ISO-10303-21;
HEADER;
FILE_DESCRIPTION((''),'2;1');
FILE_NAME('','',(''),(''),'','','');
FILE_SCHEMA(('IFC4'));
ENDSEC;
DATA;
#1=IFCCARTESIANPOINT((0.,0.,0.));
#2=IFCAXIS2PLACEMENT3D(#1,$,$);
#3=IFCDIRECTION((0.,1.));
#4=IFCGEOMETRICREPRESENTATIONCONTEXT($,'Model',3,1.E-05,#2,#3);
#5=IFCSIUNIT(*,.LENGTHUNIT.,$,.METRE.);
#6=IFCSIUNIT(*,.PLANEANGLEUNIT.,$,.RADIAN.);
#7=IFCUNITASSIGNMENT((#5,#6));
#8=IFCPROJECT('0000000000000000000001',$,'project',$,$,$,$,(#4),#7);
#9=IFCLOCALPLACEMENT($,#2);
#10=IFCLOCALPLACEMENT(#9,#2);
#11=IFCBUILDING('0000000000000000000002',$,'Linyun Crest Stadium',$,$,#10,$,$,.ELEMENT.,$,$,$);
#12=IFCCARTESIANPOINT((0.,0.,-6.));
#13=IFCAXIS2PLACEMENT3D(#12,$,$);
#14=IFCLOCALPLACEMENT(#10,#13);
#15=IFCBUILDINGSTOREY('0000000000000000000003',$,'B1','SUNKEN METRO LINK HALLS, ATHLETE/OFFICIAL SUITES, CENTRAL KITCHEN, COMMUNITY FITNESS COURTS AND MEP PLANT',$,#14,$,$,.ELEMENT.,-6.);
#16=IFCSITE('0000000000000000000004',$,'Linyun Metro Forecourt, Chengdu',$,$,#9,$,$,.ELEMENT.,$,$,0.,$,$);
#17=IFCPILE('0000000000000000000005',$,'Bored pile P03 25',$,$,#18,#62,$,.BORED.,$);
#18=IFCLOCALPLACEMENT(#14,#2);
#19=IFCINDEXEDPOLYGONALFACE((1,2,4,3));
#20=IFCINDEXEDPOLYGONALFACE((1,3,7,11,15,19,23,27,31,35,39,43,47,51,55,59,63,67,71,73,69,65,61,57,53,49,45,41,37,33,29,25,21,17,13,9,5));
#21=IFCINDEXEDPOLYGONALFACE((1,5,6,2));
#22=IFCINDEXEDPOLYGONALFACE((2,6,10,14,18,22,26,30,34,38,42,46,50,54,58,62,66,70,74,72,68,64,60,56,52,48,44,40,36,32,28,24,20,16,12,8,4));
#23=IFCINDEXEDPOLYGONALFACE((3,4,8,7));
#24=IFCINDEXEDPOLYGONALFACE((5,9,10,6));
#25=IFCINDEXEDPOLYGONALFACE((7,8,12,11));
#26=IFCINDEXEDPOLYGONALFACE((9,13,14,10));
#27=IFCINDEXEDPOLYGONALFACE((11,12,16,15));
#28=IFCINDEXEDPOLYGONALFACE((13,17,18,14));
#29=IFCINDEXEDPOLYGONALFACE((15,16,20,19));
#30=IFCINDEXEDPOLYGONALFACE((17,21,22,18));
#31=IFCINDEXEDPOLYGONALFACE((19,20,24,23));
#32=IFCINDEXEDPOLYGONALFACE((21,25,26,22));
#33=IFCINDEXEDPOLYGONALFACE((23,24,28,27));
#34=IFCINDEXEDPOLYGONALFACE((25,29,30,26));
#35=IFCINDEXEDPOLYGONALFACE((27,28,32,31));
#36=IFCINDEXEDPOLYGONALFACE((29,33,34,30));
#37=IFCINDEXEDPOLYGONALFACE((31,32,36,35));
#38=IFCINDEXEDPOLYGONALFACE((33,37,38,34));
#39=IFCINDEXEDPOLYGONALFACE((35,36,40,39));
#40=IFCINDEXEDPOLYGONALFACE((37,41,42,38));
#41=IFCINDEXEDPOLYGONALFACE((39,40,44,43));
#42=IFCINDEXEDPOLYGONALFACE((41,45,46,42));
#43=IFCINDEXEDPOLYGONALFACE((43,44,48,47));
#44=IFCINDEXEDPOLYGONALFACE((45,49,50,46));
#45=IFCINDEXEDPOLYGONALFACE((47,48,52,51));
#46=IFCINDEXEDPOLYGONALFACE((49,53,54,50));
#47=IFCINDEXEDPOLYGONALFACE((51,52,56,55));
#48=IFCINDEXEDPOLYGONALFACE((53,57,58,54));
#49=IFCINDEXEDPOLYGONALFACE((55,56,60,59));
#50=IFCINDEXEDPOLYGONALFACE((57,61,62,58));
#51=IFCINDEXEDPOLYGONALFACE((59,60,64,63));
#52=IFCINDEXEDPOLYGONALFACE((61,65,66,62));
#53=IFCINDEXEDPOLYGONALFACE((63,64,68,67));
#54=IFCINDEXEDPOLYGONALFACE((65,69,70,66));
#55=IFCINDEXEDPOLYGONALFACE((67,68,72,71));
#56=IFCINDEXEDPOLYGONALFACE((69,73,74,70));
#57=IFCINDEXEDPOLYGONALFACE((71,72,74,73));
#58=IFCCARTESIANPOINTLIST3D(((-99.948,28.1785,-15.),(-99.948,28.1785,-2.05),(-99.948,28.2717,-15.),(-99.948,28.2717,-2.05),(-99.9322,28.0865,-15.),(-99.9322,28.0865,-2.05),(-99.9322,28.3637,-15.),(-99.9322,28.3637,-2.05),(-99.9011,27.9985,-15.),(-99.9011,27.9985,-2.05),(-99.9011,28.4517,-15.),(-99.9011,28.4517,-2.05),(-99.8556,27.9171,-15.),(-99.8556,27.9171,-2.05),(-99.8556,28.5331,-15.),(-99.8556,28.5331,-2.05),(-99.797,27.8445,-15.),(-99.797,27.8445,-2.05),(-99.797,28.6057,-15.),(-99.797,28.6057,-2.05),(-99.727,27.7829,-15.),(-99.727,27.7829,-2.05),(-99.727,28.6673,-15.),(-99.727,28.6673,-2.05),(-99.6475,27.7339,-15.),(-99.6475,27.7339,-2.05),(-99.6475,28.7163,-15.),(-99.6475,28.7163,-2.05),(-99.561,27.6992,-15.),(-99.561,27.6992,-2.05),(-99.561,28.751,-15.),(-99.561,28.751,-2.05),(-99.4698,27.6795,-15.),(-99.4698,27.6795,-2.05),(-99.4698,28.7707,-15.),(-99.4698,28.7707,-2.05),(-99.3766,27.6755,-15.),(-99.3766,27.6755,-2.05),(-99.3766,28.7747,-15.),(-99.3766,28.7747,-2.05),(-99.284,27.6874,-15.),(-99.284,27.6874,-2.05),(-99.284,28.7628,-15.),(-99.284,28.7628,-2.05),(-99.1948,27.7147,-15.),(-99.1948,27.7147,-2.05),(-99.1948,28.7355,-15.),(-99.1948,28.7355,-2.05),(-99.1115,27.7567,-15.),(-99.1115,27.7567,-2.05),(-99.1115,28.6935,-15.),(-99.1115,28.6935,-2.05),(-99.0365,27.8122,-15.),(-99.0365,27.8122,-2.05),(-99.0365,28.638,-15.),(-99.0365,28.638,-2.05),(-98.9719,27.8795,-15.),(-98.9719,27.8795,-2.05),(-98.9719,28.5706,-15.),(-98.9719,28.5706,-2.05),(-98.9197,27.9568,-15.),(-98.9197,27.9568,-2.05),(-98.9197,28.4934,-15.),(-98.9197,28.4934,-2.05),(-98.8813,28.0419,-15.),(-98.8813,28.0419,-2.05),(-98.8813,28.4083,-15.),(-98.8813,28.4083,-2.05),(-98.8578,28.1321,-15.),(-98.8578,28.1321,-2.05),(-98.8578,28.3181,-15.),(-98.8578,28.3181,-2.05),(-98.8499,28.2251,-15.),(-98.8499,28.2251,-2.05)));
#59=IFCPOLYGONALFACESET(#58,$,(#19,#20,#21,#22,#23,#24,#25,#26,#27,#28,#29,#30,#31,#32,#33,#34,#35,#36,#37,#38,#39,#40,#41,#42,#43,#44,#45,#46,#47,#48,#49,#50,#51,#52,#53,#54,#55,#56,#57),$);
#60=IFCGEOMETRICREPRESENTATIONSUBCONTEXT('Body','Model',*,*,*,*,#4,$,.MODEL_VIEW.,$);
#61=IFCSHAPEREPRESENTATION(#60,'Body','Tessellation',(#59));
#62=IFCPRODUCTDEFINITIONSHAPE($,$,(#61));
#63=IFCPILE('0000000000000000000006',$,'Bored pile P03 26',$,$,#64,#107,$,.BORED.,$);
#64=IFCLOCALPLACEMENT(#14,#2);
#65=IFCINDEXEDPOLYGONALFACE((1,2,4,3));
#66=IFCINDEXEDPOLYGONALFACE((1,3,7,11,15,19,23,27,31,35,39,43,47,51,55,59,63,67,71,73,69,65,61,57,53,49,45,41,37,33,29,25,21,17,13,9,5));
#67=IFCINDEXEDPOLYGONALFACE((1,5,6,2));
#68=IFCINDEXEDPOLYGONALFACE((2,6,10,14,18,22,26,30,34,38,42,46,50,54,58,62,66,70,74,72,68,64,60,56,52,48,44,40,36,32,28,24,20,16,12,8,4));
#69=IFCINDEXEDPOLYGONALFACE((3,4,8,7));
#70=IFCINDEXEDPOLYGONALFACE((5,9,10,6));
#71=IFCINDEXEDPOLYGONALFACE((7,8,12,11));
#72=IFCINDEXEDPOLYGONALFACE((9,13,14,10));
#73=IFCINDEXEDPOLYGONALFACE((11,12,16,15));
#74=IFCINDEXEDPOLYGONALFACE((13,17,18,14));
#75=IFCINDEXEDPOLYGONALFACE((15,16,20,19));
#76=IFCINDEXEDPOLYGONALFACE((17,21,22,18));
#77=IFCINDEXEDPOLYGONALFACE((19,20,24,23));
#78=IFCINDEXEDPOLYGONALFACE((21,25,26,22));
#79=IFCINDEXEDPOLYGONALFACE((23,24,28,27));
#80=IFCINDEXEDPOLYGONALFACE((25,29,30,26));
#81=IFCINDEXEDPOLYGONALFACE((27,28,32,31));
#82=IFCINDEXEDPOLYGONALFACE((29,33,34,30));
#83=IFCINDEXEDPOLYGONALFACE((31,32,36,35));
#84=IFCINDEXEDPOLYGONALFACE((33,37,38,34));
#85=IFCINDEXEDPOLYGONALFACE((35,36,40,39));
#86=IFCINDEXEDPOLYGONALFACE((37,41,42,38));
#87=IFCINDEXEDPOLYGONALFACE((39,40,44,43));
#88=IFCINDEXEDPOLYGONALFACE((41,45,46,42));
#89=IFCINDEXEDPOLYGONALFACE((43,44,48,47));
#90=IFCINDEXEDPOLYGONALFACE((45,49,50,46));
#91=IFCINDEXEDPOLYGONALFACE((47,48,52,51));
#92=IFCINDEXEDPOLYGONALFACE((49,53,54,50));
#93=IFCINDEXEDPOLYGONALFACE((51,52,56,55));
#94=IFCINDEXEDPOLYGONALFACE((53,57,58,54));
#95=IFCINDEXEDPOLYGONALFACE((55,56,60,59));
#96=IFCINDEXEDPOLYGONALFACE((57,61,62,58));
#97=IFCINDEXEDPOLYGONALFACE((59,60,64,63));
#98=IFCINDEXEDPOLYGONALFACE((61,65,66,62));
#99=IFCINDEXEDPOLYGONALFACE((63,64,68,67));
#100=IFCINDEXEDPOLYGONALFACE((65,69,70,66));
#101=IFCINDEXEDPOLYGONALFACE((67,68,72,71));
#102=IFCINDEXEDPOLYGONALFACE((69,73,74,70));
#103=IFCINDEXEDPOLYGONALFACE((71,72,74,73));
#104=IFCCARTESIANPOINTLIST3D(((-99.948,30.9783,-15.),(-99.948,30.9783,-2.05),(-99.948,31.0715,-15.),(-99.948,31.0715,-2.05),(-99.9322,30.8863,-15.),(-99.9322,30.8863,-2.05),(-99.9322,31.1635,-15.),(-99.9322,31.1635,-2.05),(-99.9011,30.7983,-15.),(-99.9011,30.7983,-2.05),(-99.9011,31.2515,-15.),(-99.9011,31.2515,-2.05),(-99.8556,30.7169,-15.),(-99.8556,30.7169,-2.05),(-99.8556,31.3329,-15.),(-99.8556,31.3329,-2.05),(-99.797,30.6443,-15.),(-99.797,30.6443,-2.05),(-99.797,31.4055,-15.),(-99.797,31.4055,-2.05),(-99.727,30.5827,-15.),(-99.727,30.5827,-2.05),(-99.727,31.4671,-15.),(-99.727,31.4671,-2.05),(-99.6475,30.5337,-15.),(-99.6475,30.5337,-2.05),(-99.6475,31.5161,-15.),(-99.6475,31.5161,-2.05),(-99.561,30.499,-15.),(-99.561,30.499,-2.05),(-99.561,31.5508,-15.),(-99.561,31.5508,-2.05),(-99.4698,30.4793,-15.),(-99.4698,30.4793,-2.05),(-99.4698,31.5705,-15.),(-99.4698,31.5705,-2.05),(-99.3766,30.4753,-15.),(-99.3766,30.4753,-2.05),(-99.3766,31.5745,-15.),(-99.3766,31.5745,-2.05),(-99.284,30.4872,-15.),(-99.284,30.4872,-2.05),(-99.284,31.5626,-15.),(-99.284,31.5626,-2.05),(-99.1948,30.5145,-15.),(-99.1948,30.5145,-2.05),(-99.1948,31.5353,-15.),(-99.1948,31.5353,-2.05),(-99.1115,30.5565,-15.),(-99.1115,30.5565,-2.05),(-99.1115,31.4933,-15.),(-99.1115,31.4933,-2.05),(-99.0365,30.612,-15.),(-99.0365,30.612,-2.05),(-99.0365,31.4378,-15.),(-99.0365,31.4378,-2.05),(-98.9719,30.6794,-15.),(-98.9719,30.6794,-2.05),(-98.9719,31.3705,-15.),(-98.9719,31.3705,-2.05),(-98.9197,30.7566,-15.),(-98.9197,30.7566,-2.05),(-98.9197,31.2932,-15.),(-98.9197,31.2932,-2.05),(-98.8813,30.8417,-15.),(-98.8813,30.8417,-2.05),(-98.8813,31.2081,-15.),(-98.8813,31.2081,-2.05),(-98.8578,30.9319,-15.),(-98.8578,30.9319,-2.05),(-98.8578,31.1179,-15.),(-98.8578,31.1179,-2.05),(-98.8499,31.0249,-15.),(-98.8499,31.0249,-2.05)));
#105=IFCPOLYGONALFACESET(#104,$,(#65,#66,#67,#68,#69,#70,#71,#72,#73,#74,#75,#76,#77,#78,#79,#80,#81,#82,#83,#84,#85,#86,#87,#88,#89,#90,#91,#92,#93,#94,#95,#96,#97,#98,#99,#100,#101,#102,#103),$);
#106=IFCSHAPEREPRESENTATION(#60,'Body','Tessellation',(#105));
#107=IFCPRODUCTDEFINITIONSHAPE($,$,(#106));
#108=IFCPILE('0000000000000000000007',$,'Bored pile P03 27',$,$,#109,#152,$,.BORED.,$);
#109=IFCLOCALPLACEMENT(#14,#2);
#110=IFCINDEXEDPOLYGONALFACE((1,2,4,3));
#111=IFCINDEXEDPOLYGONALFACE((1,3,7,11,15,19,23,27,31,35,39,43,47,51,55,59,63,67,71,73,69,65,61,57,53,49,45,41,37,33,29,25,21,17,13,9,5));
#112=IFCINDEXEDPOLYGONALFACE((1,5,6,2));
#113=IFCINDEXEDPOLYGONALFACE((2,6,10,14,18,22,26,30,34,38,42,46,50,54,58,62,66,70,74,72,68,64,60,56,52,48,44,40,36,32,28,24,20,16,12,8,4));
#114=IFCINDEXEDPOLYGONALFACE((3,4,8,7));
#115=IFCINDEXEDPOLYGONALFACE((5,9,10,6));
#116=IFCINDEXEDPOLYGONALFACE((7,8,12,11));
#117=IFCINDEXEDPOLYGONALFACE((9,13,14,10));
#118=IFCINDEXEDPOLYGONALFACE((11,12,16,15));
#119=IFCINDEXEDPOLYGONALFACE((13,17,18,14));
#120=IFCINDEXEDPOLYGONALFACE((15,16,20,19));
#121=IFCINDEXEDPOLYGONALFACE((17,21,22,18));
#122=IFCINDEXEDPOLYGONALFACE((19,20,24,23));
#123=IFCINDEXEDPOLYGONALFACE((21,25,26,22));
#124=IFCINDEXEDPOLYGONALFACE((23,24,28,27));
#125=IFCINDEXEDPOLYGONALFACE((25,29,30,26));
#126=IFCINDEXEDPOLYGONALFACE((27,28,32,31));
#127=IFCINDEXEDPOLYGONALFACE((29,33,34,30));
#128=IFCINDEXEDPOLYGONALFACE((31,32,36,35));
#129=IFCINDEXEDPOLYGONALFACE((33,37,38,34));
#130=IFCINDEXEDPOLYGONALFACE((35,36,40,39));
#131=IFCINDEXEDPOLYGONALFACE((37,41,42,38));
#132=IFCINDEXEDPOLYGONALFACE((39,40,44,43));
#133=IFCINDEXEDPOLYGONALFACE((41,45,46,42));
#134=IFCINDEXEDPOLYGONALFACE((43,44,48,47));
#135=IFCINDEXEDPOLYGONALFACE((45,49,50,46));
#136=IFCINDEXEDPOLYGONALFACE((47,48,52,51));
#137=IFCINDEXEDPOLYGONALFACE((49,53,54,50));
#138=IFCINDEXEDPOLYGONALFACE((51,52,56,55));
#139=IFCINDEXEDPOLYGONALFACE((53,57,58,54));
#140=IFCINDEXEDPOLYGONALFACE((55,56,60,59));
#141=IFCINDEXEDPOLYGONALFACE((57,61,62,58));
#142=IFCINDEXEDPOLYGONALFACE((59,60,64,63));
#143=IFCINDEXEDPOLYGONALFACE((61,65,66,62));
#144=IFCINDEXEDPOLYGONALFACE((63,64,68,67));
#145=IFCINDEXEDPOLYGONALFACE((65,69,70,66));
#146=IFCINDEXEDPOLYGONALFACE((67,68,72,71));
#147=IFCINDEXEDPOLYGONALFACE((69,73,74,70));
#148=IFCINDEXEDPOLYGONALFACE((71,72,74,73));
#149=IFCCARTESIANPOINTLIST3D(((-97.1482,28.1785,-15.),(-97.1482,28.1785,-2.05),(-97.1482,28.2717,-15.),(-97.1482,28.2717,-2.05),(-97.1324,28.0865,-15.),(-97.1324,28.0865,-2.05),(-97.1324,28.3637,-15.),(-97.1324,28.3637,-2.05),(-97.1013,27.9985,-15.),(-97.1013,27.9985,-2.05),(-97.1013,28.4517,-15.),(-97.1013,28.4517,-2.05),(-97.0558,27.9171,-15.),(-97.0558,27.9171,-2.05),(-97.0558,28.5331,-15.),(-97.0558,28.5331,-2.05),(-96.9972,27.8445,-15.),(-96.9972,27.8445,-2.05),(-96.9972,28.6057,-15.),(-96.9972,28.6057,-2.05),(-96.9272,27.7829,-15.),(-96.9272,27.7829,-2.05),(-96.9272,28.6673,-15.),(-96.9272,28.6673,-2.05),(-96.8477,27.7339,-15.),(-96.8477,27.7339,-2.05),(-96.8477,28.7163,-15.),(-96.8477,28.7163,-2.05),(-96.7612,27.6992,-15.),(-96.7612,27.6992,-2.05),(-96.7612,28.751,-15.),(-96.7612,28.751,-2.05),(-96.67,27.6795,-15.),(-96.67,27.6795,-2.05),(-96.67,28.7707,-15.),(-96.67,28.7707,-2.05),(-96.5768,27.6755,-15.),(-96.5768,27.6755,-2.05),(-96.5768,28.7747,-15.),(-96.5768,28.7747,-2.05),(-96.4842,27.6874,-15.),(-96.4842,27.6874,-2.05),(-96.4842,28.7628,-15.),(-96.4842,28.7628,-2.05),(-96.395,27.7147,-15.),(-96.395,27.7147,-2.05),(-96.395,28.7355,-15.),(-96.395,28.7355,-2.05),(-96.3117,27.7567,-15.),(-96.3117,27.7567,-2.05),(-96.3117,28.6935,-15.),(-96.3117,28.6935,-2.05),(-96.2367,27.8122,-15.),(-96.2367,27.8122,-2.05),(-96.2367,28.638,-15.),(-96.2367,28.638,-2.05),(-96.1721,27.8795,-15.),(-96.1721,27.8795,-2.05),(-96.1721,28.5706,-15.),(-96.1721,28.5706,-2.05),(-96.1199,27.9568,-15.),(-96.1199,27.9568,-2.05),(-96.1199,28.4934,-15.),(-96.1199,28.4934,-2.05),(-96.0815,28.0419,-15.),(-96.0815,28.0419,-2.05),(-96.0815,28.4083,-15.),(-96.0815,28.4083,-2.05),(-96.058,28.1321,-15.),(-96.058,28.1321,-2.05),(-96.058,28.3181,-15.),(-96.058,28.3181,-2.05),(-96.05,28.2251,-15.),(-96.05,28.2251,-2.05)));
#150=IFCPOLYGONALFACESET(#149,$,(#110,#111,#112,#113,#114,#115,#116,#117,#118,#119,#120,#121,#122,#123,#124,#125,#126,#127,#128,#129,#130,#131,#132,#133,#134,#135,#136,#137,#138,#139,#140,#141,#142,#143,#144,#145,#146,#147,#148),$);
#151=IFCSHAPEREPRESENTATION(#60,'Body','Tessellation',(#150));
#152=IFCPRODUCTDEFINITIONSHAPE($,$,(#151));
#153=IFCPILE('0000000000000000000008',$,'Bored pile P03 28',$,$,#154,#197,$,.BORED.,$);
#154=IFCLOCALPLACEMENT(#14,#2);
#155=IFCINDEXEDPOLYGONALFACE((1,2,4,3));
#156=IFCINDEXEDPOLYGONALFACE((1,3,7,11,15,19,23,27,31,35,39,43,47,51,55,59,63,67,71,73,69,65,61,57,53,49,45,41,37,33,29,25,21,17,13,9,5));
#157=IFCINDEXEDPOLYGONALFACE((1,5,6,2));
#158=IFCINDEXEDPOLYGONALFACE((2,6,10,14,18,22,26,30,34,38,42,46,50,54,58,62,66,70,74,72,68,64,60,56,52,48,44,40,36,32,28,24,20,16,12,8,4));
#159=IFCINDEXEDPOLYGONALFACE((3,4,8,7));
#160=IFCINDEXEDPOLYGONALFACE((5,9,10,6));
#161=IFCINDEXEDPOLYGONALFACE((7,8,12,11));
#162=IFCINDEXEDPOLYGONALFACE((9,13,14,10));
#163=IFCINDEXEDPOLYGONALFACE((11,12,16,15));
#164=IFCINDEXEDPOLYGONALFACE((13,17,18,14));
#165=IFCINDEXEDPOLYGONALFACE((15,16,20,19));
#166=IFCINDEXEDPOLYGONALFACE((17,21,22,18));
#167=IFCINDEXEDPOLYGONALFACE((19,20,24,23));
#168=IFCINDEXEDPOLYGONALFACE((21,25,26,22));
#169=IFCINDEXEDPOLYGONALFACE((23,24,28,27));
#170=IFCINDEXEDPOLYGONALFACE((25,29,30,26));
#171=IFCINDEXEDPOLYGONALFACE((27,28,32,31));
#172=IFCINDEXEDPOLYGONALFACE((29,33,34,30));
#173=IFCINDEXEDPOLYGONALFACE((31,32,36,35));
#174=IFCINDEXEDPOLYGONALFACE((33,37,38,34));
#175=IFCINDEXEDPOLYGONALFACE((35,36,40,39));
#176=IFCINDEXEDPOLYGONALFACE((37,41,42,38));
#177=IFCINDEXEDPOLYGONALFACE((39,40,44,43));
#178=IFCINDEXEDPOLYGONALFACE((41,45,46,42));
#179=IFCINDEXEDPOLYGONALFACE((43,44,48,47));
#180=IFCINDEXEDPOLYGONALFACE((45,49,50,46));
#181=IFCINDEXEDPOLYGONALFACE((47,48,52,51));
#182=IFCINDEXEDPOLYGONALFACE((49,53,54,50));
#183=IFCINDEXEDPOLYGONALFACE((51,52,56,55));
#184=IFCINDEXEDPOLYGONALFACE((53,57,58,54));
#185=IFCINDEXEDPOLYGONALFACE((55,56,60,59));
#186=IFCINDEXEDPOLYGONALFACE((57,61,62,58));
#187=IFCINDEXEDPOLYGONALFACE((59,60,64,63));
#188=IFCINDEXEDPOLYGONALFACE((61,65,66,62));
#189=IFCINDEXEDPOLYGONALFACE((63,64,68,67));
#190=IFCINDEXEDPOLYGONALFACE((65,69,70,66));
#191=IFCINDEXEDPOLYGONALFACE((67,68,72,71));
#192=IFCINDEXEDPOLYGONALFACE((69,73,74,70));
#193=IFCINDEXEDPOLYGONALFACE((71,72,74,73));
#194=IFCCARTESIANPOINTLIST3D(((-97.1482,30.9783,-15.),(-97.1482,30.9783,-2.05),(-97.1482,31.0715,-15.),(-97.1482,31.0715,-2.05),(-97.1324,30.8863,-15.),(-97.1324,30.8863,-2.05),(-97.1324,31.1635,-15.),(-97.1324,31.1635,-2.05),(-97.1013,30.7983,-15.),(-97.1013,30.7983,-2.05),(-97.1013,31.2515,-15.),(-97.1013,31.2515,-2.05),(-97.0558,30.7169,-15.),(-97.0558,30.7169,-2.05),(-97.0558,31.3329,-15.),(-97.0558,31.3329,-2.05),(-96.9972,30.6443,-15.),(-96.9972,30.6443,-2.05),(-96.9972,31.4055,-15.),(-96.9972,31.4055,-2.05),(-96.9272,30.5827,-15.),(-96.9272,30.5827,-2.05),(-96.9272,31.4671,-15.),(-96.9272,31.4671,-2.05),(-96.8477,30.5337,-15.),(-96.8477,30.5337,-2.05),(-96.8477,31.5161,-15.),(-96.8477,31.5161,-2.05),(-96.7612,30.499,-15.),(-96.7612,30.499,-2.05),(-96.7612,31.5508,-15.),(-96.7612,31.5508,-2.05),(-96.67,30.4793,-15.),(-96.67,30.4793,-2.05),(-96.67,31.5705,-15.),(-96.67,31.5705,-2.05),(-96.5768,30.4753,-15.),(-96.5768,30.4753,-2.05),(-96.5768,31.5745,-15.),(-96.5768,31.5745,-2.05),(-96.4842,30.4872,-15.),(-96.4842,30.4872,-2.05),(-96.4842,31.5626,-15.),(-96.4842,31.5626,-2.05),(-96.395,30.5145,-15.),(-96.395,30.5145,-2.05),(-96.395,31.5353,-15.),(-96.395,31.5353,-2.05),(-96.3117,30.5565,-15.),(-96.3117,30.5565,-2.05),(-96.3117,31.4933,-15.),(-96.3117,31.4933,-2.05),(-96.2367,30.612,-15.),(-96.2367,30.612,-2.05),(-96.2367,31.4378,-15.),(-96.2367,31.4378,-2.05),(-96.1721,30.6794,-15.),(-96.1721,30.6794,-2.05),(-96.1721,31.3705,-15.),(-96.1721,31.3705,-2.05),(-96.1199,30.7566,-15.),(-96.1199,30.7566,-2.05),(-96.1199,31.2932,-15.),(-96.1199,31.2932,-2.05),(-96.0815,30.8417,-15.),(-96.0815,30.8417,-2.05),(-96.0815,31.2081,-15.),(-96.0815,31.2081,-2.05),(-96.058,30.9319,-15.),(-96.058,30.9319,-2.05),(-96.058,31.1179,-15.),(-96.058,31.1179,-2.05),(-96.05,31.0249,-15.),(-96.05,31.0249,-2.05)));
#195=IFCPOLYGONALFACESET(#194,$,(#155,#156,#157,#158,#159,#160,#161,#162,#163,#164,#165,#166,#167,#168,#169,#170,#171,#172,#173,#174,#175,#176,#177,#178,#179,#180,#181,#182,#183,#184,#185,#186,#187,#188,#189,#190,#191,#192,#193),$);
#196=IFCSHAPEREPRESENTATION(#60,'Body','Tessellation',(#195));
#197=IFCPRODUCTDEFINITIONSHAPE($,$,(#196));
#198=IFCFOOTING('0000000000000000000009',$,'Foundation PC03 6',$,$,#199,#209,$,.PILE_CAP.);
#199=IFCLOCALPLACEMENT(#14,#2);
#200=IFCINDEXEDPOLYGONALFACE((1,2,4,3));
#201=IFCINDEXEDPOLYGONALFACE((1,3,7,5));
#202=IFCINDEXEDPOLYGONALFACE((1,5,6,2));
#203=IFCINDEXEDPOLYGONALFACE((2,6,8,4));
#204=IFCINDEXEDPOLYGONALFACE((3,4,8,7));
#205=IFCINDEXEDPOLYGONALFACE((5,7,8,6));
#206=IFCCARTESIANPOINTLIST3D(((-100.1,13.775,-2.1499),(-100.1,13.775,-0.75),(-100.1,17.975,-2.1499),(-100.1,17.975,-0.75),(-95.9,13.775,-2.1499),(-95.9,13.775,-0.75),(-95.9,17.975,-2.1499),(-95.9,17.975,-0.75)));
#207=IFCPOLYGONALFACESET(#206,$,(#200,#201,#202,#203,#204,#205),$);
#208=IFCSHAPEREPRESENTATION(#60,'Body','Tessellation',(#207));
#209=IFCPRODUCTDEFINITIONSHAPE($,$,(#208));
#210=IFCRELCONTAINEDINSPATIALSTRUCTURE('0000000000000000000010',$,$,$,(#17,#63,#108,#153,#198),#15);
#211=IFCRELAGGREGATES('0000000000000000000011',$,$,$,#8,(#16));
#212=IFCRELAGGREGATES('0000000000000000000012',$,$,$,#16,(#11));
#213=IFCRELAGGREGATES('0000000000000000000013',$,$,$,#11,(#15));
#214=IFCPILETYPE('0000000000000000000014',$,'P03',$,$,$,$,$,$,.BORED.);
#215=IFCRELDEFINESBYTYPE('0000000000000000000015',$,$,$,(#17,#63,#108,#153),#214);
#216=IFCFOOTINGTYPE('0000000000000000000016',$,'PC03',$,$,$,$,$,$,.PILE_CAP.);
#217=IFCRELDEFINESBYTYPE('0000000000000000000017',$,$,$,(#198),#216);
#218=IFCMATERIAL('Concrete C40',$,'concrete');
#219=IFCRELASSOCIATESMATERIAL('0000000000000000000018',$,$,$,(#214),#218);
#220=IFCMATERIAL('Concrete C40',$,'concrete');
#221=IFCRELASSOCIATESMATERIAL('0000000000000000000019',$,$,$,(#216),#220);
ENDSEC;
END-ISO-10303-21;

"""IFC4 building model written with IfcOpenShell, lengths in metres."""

from ifc_helpers import new_model, si_unit, direction, frame, origin, origin_2d, place, context, subcontext, project, spatial, rectangle, circle, extrude, material, material_profile, profile_set, type_object, element, save


model = new_model("IFC4")

# Units and contexts
model_context = context("Model", 3, precision=1e-05, world=origin(), true_north=direction((0.0, 1.0)))
body_context = subcontext(model_context, "Body", "Model", "MODEL_VIEW")
ifc_project = project(units=[si_unit("LENGTHUNIT", "METRE"), si_unit("PLANEANGLEUNIT", "RADIAN")], contexts=[model_context])

# Site, building, storey
site_placement = place(None, origin())
site = spatial("IfcSite", under=ifc_project, at=site_placement, Name="Linyun Metro Forecourt, Chengdu", CompositionType="ELEMENT", RefElevation=0.0)
building_placement = place(site_placement, origin())
building = spatial("IfcBuilding", under=site, at=building_placement, Name="Linyun Crest Stadium", CompositionType="ELEMENT")
storey_placement = place(building_placement, frame((0.0, 0.0, -6.0)))
storey = spatial("IfcBuildingStorey", under=building, at=storey_placement, Name="B1", Description="SUNKEN METRO LINK HALLS, ATHLETE/OFFICIAL SUITES, CENTRAL KITCHEN, COMMUNITY FITNESS COURTS AND MEP PLANT", CompositionType="ELEMENT", Elevation=-6.0)

# Piles
ifc_material_1 = material(Name="Concrete C40", Category="concrete")
ifc_material_profile_1 = material_profile(ifc_material_1, circle(Radius=0.55, at=origin_2d()), Name="BORED PILE 1100")
ifc_profile_set_1 = profile_set([ifc_material_profile_1], Name="Concrete C40")
pile_type = type_object("IfcPileType", Name="P03", PredefinedType="BORED", material=ifc_profile_set_1)
for number, where, z_axis, x_axis, name in (
    (1, (-99.3999, 28.2251, -2.05), (0.0, 0.0, -1.0), (1.0, 0.0, 0.0), "Bored pile P03 25"),
    (2, (-99.3999, 31.0249, -2.05), (0.0, 0.0, -1.0), (1.0, 0.0, 0.0), "Bored pile P03 26"),
    (3, (-96.6001, 28.2251, -2.05), (0.0, 0.0, -1.0), (1.0, 0.0, 0.0), "Bored pile P03 27"),
    (4, (-96.6001, 31.0249, -2.05), (0.0, 0.0, -1.0), (1.0, 0.0, 0.0), "Bored pile P03 28"),
):
    element("IfcPile", number, at=place(storey_placement, frame(where, z_axis=z_axis, x_axis=x_axis)), inside=storey, type_object=pile_type, Name=name, PredefinedType="BORED", context=body_context, shape_type="SweptSolid", body=[
        extrude(circle(Radius=0.55, at=origin_2d()), origin(), (0.0, 0.0, 1.0), 12.95),
    ])

# Footing
ifc_material_2 = material(Name="Concrete C40", Category="concrete")
footing_type = type_object("IfcFootingType", Name="PC03", PredefinedType="PILE_CAP", material=ifc_material_2)
for number, where, z_axis, x_axis, name in (
    (5, (-98.0, 15.875, -2.1499), (0.0, 0.0, 1.0), (1.0, 0.0, 0.0), "Foundation PC03 6"),
):
    element("IfcFooting", number, at=place(storey_placement, frame(where, z_axis=z_axis, x_axis=x_axis)), inside=storey, type_object=footing_type, Name=name, PredefinedType="PILE_CAP", context=body_context, shape_type="SweptSolid", body=[
        extrude(rectangle(XDim=4.2, YDim=4.2, at=origin_2d()), origin(), (0.0, 0.0, 1.0), 1.3999),
    ])

save(model, "model.ifc")
